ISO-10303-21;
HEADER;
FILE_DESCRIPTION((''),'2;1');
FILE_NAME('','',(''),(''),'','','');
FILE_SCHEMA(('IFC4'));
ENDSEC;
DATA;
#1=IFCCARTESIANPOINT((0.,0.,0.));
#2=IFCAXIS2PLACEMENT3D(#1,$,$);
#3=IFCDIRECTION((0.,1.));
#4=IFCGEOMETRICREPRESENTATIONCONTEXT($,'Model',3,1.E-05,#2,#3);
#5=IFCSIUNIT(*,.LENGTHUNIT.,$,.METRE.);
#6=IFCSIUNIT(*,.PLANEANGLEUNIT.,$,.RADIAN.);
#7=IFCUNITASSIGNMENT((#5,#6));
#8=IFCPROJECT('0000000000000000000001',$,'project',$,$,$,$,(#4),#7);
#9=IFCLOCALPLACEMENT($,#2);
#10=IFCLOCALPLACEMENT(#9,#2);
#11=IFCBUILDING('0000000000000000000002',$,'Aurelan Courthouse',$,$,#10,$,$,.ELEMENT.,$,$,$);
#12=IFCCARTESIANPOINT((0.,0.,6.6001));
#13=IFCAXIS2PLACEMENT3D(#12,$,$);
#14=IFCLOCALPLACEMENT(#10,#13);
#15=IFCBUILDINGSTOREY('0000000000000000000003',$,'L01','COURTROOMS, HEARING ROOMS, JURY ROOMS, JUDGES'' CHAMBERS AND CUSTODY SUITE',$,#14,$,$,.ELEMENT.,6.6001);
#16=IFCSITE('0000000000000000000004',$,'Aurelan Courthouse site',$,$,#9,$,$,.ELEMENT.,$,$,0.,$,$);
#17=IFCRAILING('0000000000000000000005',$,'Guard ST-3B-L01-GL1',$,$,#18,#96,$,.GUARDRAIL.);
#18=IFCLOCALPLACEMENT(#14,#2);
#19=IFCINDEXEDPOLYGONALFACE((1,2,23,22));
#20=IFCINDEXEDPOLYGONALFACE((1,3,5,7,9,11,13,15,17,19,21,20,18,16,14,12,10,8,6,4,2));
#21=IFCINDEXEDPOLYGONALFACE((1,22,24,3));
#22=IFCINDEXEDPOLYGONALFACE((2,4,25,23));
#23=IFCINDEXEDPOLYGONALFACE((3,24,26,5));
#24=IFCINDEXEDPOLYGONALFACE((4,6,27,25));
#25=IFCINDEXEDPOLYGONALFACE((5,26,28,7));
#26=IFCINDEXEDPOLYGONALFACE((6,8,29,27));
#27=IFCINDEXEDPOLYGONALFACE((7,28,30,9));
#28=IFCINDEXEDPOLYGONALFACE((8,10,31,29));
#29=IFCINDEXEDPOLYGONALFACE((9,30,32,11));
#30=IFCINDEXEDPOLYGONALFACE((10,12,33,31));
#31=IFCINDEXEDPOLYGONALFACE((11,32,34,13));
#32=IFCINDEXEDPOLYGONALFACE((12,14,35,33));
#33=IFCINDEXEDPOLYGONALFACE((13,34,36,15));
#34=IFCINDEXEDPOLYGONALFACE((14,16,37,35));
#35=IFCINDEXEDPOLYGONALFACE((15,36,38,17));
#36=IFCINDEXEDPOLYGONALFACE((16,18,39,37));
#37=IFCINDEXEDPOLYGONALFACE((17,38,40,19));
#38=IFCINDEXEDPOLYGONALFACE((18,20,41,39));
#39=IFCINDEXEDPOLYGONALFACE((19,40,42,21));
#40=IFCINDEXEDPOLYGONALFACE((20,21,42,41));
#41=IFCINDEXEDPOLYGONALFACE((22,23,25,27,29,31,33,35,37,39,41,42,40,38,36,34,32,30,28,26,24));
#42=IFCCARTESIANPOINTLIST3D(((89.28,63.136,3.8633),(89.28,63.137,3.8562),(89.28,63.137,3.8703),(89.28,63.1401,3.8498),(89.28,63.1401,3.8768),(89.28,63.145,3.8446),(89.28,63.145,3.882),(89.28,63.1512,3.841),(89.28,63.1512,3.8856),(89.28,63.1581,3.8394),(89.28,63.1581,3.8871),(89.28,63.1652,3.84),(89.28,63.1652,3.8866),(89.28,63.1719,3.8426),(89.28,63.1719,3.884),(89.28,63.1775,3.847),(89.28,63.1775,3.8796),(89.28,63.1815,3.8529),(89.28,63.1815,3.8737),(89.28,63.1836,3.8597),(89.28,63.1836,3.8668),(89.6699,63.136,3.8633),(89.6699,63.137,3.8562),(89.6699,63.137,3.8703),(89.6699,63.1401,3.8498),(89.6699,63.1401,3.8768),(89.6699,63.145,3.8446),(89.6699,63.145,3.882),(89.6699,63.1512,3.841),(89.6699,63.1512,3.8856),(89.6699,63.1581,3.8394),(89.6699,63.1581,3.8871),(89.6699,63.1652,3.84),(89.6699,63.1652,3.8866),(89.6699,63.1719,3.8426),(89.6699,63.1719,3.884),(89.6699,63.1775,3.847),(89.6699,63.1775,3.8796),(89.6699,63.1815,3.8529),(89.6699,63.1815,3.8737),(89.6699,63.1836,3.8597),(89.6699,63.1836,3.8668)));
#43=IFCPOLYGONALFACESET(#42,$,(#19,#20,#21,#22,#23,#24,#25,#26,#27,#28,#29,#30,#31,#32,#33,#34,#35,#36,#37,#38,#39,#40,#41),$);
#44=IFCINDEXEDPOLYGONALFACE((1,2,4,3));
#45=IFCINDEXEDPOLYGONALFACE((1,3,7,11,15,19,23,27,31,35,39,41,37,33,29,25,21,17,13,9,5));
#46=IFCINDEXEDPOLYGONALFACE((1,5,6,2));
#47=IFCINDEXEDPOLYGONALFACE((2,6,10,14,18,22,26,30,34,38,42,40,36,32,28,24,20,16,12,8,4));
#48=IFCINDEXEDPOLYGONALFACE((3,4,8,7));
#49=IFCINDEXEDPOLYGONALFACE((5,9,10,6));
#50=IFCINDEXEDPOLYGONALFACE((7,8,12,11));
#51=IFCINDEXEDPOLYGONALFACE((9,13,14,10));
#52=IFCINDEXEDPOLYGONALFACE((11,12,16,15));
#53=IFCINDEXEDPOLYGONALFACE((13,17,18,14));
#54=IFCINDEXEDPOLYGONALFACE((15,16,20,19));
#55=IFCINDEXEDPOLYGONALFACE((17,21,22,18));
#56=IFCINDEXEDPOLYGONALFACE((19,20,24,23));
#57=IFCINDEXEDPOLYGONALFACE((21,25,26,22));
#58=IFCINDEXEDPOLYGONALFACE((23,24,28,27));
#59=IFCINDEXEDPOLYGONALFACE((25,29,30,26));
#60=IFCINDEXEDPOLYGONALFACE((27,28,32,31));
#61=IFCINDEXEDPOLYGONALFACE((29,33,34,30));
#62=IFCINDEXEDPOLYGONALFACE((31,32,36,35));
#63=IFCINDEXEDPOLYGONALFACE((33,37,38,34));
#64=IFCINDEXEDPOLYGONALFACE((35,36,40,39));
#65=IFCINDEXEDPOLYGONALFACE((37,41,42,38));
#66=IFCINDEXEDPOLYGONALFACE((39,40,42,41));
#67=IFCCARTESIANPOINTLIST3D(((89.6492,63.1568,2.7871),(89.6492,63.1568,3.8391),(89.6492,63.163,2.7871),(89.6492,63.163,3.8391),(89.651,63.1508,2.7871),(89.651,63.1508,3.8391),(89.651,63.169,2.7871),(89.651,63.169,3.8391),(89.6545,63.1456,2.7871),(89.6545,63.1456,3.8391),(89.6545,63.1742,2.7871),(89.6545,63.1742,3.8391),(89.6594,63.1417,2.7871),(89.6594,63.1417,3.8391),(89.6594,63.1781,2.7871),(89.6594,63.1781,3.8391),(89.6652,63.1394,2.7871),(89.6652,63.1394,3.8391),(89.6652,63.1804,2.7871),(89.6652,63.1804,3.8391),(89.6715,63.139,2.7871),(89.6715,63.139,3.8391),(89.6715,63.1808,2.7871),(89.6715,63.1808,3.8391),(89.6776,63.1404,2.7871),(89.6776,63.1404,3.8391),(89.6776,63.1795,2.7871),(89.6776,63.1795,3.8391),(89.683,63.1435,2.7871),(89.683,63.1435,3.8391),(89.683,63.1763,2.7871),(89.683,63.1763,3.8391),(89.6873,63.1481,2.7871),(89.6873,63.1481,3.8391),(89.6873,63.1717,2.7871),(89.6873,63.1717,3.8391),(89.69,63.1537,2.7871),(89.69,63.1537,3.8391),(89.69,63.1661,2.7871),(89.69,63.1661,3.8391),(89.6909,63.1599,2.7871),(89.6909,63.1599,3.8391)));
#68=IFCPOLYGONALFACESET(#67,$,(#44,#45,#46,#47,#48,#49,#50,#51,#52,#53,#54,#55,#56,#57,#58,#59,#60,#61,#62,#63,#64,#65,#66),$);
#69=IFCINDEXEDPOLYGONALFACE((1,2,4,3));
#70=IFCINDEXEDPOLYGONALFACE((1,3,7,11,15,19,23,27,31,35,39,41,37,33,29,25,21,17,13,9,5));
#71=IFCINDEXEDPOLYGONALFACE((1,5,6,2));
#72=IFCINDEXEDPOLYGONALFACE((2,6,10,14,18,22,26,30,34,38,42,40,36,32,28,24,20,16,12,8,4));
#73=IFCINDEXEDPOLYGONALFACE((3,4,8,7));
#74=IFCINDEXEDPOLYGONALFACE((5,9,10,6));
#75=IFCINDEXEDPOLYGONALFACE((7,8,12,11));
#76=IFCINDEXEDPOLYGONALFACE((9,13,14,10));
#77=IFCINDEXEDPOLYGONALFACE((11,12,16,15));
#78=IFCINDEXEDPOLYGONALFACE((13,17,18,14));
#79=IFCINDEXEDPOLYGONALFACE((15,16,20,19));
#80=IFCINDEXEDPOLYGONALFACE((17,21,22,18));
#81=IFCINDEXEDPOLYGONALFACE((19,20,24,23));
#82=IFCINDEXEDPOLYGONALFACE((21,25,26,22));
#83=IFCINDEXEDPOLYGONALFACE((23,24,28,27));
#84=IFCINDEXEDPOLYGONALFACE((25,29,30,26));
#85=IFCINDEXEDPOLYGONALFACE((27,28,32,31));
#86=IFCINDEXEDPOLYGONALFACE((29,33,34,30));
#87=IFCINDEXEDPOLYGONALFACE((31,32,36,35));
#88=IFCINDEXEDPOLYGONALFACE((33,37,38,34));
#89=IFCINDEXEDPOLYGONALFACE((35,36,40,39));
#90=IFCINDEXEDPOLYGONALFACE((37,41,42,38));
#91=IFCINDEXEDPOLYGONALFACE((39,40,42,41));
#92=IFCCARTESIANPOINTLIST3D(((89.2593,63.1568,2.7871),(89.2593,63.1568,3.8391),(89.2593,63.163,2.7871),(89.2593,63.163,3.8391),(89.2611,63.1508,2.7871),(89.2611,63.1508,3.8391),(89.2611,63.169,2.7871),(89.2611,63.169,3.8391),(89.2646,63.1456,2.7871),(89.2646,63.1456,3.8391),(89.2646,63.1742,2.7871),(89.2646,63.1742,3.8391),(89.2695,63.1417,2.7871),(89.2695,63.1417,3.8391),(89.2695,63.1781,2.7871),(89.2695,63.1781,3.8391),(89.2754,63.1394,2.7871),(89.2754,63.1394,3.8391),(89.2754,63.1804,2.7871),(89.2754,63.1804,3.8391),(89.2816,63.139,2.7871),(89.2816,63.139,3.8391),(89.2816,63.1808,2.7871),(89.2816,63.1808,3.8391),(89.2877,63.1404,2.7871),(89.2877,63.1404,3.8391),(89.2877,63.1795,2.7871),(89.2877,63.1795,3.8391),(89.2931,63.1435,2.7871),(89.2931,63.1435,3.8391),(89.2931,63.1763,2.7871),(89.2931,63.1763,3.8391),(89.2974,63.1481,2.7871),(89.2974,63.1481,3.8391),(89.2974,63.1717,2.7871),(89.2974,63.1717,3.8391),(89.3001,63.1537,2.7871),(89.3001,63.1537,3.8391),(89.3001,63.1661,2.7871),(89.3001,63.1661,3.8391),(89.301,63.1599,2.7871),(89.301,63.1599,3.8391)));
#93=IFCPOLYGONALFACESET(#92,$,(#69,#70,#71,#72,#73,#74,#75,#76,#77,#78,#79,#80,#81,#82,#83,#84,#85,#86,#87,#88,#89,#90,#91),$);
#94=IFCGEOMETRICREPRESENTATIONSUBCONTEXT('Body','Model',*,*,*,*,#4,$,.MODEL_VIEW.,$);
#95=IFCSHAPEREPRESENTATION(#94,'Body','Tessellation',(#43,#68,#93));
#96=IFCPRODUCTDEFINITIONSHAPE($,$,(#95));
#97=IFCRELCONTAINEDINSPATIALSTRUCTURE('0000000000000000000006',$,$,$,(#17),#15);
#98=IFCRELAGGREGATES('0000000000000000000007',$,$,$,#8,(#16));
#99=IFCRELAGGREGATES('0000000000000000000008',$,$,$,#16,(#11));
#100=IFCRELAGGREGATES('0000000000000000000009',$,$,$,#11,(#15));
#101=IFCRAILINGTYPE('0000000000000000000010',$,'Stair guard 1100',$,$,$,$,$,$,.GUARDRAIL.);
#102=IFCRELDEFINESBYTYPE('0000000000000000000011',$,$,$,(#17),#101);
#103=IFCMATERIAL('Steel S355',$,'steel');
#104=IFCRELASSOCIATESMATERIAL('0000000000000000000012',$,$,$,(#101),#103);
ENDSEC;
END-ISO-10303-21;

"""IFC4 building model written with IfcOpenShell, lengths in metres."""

from ifc_helpers import new_model, si_unit, direction, frame, origin, origin_2d, place, context, subcontext, project, spatial, circle, extrude, material, type_object, element, save


model = new_model("IFC4")

# Units and contexts
model_context = context("Model", 3, precision=1e-05, world=origin(), true_north=direction((0.0, 1.0)))
body_context = subcontext(model_context, "Body", "Model", "MODEL_VIEW")
ifc_project = project(units=[si_unit("LENGTHUNIT", "METRE"), si_unit("PLANEANGLEUNIT", "RADIAN")], contexts=[model_context])

# Site, building, storey
site_placement = place(None, origin())
site = spatial("IfcSite", under=ifc_project, at=site_placement, Name="Aurelan Courthouse site", CompositionType="ELEMENT", RefElevation=0.0)
building_placement = place(site_placement, origin())
building = spatial("IfcBuilding", under=site, at=building_placement, Name="Aurelan Courthouse", CompositionType="ELEMENT")
storey_placement = place(building_placement, frame((0.0, 0.0, 6.6001)))
storey = spatial("IfcBuildingStorey", under=building, at=storey_placement, Name="L01", Description="COURTROOMS, HEARING ROOMS, JURY ROOMS, JUDGES' CHAMBERS AND CUSTODY SUITE", CompositionType="ELEMENT", Elevation=6.6001)

# Railing
ifc_material_1 = material(Name="Steel S355", Category="steel")
railing_type_1 = type_object("IfcRailingType", Name="Stair guard 1100", PredefinedType="GUARDRAIL", material=ifc_material_1)
railing_placement = place(storey_placement, frame((89.6699, 63.1599, 2.7871)))
element("IfcRailing", 1, at=railing_placement, inside=storey, type_object=railing_type_1, Name="Guard ST-3B-L01-GL1", PredefinedType="GUARDRAIL", context=body_context, shape_type="SweptSolid", body=[
    extrude(circle(Radius=0.0239, at=origin_2d()), frame((0.0, 0.0, 1.0762), z_axis=(-1.0, 0.0, 0.0), x_axis=(0.0, -1.0, 0.0)), (0.0, 0.0, 1.0), 0.3899),
    extrude(circle(Radius=0.021, at=origin_2d()), origin(), (0.0, 0.0, 1.0), 1.052),
    extrude(circle(Radius=0.021, at=origin_2d()), frame((-0.3899, 0.0, 0.0)), (0.0, 0.0, 1.0), 1.052),
])

save(model, "model.ifc")
